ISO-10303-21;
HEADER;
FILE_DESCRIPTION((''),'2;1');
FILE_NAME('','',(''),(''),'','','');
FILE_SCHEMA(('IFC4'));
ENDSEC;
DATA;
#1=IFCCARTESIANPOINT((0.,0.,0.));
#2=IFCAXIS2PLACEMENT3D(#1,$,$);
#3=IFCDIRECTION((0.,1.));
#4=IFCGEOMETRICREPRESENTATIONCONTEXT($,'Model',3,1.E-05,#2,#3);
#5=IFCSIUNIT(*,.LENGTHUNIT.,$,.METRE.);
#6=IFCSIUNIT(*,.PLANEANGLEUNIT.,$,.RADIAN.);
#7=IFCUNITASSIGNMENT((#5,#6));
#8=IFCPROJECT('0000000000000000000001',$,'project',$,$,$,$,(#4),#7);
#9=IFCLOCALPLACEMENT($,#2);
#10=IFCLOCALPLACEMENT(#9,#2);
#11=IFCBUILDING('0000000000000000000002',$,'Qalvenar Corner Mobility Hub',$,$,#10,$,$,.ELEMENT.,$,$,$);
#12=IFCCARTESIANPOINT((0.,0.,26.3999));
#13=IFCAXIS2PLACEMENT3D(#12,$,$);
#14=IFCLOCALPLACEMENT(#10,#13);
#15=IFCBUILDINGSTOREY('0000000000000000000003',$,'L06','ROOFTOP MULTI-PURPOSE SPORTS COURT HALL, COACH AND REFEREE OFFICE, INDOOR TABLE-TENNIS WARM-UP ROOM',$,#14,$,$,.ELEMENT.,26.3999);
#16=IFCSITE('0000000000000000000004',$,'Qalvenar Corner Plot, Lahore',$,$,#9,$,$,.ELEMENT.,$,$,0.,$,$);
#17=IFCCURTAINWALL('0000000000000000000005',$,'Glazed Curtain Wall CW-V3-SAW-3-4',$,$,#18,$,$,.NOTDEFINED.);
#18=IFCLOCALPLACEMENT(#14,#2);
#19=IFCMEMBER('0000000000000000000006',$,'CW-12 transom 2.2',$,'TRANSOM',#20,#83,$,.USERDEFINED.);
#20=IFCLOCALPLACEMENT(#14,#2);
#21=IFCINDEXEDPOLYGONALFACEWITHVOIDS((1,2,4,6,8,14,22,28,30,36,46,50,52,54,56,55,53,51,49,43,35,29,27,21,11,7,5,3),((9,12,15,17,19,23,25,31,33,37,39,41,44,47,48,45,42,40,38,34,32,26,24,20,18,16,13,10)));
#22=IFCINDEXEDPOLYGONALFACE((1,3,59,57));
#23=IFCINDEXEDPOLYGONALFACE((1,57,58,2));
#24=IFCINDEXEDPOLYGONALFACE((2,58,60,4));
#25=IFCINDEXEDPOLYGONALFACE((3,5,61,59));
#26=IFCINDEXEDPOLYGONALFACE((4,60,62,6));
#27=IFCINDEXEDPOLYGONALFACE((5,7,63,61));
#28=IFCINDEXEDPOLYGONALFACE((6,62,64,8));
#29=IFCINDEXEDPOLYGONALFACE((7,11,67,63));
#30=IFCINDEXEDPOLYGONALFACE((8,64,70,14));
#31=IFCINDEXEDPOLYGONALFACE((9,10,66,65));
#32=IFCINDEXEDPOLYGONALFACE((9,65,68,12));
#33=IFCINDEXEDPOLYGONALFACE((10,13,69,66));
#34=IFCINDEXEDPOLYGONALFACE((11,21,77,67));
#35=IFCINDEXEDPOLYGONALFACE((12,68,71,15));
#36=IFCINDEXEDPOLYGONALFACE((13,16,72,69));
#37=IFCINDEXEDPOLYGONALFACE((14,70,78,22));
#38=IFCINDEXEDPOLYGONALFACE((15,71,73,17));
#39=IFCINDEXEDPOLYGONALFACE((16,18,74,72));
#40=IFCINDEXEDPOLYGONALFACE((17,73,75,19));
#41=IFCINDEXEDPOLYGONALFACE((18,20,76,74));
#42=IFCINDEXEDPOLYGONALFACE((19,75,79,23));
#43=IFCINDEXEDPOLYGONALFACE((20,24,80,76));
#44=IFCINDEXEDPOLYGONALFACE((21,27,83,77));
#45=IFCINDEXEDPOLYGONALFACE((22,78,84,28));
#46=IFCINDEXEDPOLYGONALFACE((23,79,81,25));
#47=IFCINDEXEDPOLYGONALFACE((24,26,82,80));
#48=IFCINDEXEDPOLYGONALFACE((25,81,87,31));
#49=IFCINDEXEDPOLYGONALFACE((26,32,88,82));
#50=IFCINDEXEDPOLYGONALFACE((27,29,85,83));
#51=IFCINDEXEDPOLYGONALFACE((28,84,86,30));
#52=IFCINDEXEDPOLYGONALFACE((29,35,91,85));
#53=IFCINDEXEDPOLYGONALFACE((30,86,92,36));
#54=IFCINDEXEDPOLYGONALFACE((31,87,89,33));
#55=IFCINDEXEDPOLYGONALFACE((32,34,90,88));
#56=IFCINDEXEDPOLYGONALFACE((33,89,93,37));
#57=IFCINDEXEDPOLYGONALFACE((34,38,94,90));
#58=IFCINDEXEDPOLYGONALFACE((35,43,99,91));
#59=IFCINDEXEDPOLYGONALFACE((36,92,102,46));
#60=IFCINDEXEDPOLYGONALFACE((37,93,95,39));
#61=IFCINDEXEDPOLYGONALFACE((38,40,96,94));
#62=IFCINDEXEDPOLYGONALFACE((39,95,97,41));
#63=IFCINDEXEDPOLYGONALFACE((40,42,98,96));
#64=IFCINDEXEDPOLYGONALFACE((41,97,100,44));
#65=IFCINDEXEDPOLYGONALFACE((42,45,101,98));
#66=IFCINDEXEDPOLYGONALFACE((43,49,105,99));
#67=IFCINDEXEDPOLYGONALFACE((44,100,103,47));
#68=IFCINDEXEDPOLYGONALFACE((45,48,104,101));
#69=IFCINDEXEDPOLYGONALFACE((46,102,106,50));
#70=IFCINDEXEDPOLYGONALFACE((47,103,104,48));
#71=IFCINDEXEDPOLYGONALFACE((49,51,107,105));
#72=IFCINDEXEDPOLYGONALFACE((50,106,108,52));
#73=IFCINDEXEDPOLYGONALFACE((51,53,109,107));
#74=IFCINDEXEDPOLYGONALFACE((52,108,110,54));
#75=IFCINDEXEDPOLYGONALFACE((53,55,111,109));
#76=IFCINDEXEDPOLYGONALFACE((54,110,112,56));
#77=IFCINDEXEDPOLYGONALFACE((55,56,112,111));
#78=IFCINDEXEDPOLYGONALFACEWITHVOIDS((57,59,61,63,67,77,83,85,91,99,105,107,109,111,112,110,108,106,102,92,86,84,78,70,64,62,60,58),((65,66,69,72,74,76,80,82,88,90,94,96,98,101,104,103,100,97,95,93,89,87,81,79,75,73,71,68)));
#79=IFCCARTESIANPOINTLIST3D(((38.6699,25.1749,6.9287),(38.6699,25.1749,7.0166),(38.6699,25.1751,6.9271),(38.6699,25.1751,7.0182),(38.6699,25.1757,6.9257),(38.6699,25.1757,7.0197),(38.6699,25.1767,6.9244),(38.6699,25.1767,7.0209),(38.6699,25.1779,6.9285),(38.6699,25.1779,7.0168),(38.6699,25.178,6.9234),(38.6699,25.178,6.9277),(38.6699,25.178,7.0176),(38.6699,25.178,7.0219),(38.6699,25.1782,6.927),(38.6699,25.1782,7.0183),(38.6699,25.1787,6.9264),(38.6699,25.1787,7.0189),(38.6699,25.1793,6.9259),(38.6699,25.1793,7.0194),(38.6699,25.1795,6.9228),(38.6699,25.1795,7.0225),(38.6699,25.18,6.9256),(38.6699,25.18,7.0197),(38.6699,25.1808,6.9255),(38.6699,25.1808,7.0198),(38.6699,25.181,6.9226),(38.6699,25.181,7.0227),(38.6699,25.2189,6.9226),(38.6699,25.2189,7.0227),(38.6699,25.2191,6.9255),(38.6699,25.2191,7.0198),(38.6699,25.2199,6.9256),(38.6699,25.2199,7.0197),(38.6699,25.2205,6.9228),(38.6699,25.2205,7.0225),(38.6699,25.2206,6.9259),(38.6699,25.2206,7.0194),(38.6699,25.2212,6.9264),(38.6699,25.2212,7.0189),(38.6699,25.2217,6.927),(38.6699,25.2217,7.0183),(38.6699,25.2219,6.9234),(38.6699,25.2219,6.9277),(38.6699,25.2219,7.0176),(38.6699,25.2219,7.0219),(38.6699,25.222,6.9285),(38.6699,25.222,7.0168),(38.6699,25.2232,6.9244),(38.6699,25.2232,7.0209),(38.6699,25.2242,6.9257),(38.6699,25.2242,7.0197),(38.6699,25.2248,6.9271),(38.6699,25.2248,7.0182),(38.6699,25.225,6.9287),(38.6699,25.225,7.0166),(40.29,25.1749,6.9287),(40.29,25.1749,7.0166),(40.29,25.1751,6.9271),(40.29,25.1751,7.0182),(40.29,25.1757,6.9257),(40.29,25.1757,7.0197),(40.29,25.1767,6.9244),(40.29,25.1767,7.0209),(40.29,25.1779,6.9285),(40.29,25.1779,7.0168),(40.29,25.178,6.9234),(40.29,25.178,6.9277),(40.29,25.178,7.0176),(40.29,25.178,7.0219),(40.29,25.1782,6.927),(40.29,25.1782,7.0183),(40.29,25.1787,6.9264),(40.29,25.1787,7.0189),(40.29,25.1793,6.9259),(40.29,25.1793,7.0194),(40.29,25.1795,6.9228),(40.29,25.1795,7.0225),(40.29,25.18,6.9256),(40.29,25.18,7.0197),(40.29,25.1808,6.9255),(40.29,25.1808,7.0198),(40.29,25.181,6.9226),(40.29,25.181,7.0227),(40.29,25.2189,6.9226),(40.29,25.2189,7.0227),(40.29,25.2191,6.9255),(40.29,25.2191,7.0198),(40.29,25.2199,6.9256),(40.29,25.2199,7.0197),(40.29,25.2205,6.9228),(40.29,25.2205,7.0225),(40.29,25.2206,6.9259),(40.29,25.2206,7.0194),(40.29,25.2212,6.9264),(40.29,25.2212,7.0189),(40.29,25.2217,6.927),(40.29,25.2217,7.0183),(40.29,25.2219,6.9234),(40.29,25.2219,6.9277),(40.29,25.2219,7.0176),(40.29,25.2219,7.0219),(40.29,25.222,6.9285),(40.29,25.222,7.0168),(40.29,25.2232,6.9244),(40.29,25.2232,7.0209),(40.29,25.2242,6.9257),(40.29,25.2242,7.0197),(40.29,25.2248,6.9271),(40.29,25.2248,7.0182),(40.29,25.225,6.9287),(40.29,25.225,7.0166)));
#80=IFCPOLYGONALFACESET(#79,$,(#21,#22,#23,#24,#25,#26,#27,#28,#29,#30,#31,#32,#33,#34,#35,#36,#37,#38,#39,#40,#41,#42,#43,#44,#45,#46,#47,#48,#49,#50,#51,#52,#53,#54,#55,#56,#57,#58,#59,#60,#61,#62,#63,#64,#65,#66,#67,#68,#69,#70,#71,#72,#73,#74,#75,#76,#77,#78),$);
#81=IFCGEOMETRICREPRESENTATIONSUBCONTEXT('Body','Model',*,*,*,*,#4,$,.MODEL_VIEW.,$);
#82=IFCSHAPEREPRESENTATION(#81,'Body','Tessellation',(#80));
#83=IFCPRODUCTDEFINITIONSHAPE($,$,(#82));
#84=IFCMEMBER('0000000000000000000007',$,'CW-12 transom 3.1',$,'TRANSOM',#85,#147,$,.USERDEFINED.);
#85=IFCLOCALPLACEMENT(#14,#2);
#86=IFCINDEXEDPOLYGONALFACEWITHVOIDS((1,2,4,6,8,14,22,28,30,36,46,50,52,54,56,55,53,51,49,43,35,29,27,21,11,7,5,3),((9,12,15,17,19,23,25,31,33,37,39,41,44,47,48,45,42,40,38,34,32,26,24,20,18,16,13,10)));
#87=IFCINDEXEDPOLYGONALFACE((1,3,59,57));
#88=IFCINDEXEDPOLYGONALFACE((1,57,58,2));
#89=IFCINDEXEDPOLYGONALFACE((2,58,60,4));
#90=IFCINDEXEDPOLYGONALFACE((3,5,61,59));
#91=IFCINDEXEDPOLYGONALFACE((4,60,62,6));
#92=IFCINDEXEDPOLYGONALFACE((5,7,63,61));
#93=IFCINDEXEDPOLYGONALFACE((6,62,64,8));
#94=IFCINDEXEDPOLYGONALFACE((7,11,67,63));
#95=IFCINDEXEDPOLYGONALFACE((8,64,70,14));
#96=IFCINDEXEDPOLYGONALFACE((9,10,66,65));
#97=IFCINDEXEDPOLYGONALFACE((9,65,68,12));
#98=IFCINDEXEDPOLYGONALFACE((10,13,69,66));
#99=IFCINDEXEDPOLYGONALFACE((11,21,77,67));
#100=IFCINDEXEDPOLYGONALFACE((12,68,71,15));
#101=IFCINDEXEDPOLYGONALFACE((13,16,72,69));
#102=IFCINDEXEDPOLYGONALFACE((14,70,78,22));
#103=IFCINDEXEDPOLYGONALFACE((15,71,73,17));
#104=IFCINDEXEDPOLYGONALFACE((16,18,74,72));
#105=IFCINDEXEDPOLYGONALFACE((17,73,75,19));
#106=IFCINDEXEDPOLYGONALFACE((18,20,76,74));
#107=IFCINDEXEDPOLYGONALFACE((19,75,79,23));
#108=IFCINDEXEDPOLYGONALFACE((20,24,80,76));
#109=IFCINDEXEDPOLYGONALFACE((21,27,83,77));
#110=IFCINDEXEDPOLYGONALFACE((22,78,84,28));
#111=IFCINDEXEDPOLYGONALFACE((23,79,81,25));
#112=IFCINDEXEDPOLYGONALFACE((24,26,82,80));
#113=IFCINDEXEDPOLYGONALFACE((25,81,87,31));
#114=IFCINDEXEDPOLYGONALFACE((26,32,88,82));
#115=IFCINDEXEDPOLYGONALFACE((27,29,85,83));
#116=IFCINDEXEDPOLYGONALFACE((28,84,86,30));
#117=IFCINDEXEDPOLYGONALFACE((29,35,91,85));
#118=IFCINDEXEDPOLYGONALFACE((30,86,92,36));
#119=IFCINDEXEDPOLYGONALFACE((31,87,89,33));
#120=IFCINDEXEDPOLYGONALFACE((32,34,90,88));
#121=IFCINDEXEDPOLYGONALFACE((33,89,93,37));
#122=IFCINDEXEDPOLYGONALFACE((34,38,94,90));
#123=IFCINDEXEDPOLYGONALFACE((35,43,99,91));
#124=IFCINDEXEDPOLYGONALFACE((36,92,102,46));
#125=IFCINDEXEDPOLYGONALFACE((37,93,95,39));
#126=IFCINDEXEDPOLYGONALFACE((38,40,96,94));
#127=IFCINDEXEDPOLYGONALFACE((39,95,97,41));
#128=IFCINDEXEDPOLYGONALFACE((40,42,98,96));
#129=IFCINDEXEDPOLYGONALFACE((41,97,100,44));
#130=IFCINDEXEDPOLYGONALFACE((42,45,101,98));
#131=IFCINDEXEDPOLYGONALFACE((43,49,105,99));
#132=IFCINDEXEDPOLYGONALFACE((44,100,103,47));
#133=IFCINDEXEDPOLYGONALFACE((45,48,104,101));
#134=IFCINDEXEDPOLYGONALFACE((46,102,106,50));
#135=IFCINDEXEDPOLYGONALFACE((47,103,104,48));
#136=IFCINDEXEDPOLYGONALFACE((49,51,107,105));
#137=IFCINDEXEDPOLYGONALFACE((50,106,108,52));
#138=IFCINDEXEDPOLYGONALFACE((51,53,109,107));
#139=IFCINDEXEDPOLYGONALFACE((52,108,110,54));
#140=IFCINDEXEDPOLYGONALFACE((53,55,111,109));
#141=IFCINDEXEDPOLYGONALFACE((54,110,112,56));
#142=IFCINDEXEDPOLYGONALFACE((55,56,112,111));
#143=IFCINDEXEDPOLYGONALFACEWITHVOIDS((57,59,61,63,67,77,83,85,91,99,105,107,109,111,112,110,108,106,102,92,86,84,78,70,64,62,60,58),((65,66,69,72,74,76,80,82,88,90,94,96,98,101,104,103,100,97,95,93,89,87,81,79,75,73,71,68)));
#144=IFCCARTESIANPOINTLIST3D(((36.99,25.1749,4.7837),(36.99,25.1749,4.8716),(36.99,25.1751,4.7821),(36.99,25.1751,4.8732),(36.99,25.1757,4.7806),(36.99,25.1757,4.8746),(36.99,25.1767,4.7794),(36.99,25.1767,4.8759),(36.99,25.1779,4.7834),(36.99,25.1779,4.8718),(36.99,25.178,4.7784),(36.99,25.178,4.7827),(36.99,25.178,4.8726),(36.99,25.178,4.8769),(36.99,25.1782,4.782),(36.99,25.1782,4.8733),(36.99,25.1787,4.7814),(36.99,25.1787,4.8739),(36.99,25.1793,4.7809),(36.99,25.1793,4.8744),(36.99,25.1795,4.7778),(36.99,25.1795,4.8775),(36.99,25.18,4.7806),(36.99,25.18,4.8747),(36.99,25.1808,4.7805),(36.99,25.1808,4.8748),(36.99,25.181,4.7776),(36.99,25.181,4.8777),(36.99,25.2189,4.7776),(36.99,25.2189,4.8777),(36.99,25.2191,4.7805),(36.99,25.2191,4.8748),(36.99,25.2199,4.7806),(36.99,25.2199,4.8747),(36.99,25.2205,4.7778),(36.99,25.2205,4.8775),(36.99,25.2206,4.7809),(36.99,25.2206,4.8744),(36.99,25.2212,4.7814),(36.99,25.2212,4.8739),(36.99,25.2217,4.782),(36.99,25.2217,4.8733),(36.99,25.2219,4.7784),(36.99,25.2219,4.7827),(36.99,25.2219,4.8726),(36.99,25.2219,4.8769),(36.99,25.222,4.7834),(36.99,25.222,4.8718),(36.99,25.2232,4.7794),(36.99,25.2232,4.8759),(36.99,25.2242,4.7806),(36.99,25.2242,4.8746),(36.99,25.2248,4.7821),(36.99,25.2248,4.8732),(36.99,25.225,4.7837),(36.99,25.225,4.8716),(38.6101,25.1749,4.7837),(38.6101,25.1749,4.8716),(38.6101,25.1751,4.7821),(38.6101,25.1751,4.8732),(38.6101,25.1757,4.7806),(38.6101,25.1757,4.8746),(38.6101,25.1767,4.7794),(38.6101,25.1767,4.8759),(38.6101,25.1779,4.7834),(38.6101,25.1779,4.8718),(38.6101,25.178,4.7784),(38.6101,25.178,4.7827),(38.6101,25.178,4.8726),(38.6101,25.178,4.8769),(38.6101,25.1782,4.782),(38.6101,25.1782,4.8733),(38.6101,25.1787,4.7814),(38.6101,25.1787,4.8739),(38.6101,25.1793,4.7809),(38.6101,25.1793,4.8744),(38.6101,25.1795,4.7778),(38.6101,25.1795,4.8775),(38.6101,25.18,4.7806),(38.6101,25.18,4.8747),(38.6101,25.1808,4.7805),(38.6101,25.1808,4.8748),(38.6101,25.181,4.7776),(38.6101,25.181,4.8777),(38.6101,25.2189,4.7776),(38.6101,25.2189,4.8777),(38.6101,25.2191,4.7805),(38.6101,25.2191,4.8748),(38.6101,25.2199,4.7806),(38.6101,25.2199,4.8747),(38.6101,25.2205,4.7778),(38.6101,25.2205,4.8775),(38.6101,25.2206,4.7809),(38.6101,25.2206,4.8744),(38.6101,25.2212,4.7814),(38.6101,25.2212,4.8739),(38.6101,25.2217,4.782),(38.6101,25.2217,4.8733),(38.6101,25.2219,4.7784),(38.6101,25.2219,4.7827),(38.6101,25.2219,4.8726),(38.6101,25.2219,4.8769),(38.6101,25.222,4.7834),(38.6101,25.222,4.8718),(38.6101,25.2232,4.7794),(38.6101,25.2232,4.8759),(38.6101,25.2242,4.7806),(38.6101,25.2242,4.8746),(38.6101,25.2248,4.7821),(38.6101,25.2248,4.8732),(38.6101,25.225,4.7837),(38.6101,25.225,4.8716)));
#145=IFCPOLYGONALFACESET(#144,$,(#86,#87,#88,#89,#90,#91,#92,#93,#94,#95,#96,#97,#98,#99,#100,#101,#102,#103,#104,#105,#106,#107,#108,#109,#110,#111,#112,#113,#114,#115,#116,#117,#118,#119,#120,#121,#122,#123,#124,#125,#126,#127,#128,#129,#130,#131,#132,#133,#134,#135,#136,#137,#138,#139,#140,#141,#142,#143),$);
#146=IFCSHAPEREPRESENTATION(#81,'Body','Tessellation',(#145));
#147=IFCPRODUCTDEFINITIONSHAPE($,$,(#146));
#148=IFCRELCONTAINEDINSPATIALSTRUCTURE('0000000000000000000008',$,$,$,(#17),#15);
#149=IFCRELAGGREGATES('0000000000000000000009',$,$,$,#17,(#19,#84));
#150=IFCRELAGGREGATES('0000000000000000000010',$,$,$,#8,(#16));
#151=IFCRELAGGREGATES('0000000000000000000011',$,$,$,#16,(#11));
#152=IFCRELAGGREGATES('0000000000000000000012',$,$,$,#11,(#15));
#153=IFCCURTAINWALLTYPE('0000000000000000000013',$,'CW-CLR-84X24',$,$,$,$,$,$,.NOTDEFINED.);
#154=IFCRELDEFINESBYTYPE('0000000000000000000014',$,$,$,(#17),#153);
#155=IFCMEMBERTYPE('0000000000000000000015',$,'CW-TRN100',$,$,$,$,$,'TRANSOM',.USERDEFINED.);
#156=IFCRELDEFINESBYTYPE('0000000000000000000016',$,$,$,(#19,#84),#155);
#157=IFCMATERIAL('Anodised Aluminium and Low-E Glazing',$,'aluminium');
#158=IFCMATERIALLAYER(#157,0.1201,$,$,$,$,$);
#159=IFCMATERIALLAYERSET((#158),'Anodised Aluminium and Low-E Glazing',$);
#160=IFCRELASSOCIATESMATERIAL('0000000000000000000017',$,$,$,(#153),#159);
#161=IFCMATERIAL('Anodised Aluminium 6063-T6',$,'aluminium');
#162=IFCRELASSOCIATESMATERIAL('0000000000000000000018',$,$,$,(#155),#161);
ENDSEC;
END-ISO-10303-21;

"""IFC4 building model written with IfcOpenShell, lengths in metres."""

from ifc_helpers import new_model, si_unit, direction, frame, origin, origin_2d, place, context, subcontext, project, spatial, hollow_rectangle, extrude, material, layer, layer_set, material_profile, profile_set, type_object, element, aggregate, save


model = new_model("IFC4")

# Units and contexts
model_context = context("Model", 3, precision=1e-05, world=origin(), true_north=direction((0.0, 1.0)))
body_context = subcontext(model_context, "Body", "Model", "MODEL_VIEW")
ifc_project = project(units=[si_unit("LENGTHUNIT", "METRE"), si_unit("PLANEANGLEUNIT", "RADIAN")], contexts=[model_context])

# Site, building, storey
site_placement = place(None, origin())
site = spatial("IfcSite", under=ifc_project, at=site_placement, Name="Qalvenar Corner Plot, Lahore", CompositionType="ELEMENT", RefElevation=0.0)
building_placement = place(site_placement, origin())
building = spatial("IfcBuilding", under=site, at=building_placement, Name="Qalvenar Corner Mobility Hub", CompositionType="ELEMENT")
storey_placement = place(building_placement, frame((0.0, 0.0, 26.3999)))
storey = spatial("IfcBuildingStorey", under=building, at=storey_placement, Name="L06", Description="ROOFTOP MULTI-PURPOSE SPORTS COURT HALL, COACH AND REFEREE OFFICE, INDOOR TABLE-TENNIS WARM-UP ROOM", CompositionType="ELEMENT", Elevation=26.3999)

# Curtain wall
ifc_material_1 = material(Name="Anodised Aluminium and Low-E Glazing", Category="aluminium")
ifc_layer_1 = layer(ifc_material_1, 0.1201)
ifc_layer_set_1 = layer_set([ifc_layer_1], Name="Anodised Aluminium and Low-E Glazing")
curtain_wall_type = type_object("IfcCurtainWallType", Name="CW-CLR-84X24", PredefinedType="NOTDEFINED", material=ifc_layer_set_1)
ifc_material_2 = material(Name="Anodised Aluminium 6063-T6", Category="aluminium")
curtain_wall_1_placement = place(storey_placement, origin())
curtain_wall_1 = element("IfcCurtainWall", 1, at=curtain_wall_1_placement, inside=storey, type_object=curtain_wall_type, Name="Glazed Curtain Wall CW-V3-SAW-3-4", PredefinedType="NOTDEFINED")

# Members
ifc_material_profile_1 = material_profile(ifc_material_2, hollow_rectangle(XDim=0.05, YDim=0.1001, WallThickness=0.0029, InnerFilletRadius=0.0029, OuterFilletRadius=0.0061, at=origin_2d()), Name="RHS100x50x3")
ifc_profile_set_1 = profile_set([ifc_material_profile_1], Name="Anodised Aluminium 6063-T6")
member_type_1 = type_object("IfcMemberType", Name="CW-TRN100", ElementType="TRANSOM", PredefinedType="USERDEFINED", material=ifc_profile_set_1)
member_1_placement = place(storey_placement, frame((40.29, 25.2, 6.9727), z_axis=(-1.0, 0.0, 0.0), x_axis=(0.0, -1.0, 0.0)))
member_1 = element("IfcMember", 2, at=member_1_placement, type_object=member_type_1, Name="CW-12 transom 2.2", ObjectType="TRANSOM", PredefinedType="USERDEFINED", context=body_context, shape_type="SweptSolid", body=[
    extrude(hollow_rectangle(XDim=0.05, YDim=0.1001, WallThickness=0.0029, InnerFilletRadius=0.0029, OuterFilletRadius=0.0061, at=origin_2d()), origin(), (0.0, 0.0, 1.0), 1.6201),
])
member_2_placement = place(storey_placement, frame((38.6101, 25.2, 4.8276), z_axis=(-1.0, 0.0, 0.0), x_axis=(0.0, -1.0, 0.0)))
member_2 = element("IfcMember", 3, at=member_2_placement, type_object=member_type_1, Name="CW-12 transom 3.1", ObjectType="TRANSOM", PredefinedType="USERDEFINED", context=body_context, shape_type="SweptSolid", body=[
    extrude(hollow_rectangle(XDim=0.05, YDim=0.1001, WallThickness=0.0029, InnerFilletRadius=0.0029, OuterFilletRadius=0.0061, at=origin_2d()), origin(), (0.0, 0.0, 1.0), 1.6201),
])

aggregate(curtain_wall_1, [member_1, member_2])

save(model, "model.ifc")
